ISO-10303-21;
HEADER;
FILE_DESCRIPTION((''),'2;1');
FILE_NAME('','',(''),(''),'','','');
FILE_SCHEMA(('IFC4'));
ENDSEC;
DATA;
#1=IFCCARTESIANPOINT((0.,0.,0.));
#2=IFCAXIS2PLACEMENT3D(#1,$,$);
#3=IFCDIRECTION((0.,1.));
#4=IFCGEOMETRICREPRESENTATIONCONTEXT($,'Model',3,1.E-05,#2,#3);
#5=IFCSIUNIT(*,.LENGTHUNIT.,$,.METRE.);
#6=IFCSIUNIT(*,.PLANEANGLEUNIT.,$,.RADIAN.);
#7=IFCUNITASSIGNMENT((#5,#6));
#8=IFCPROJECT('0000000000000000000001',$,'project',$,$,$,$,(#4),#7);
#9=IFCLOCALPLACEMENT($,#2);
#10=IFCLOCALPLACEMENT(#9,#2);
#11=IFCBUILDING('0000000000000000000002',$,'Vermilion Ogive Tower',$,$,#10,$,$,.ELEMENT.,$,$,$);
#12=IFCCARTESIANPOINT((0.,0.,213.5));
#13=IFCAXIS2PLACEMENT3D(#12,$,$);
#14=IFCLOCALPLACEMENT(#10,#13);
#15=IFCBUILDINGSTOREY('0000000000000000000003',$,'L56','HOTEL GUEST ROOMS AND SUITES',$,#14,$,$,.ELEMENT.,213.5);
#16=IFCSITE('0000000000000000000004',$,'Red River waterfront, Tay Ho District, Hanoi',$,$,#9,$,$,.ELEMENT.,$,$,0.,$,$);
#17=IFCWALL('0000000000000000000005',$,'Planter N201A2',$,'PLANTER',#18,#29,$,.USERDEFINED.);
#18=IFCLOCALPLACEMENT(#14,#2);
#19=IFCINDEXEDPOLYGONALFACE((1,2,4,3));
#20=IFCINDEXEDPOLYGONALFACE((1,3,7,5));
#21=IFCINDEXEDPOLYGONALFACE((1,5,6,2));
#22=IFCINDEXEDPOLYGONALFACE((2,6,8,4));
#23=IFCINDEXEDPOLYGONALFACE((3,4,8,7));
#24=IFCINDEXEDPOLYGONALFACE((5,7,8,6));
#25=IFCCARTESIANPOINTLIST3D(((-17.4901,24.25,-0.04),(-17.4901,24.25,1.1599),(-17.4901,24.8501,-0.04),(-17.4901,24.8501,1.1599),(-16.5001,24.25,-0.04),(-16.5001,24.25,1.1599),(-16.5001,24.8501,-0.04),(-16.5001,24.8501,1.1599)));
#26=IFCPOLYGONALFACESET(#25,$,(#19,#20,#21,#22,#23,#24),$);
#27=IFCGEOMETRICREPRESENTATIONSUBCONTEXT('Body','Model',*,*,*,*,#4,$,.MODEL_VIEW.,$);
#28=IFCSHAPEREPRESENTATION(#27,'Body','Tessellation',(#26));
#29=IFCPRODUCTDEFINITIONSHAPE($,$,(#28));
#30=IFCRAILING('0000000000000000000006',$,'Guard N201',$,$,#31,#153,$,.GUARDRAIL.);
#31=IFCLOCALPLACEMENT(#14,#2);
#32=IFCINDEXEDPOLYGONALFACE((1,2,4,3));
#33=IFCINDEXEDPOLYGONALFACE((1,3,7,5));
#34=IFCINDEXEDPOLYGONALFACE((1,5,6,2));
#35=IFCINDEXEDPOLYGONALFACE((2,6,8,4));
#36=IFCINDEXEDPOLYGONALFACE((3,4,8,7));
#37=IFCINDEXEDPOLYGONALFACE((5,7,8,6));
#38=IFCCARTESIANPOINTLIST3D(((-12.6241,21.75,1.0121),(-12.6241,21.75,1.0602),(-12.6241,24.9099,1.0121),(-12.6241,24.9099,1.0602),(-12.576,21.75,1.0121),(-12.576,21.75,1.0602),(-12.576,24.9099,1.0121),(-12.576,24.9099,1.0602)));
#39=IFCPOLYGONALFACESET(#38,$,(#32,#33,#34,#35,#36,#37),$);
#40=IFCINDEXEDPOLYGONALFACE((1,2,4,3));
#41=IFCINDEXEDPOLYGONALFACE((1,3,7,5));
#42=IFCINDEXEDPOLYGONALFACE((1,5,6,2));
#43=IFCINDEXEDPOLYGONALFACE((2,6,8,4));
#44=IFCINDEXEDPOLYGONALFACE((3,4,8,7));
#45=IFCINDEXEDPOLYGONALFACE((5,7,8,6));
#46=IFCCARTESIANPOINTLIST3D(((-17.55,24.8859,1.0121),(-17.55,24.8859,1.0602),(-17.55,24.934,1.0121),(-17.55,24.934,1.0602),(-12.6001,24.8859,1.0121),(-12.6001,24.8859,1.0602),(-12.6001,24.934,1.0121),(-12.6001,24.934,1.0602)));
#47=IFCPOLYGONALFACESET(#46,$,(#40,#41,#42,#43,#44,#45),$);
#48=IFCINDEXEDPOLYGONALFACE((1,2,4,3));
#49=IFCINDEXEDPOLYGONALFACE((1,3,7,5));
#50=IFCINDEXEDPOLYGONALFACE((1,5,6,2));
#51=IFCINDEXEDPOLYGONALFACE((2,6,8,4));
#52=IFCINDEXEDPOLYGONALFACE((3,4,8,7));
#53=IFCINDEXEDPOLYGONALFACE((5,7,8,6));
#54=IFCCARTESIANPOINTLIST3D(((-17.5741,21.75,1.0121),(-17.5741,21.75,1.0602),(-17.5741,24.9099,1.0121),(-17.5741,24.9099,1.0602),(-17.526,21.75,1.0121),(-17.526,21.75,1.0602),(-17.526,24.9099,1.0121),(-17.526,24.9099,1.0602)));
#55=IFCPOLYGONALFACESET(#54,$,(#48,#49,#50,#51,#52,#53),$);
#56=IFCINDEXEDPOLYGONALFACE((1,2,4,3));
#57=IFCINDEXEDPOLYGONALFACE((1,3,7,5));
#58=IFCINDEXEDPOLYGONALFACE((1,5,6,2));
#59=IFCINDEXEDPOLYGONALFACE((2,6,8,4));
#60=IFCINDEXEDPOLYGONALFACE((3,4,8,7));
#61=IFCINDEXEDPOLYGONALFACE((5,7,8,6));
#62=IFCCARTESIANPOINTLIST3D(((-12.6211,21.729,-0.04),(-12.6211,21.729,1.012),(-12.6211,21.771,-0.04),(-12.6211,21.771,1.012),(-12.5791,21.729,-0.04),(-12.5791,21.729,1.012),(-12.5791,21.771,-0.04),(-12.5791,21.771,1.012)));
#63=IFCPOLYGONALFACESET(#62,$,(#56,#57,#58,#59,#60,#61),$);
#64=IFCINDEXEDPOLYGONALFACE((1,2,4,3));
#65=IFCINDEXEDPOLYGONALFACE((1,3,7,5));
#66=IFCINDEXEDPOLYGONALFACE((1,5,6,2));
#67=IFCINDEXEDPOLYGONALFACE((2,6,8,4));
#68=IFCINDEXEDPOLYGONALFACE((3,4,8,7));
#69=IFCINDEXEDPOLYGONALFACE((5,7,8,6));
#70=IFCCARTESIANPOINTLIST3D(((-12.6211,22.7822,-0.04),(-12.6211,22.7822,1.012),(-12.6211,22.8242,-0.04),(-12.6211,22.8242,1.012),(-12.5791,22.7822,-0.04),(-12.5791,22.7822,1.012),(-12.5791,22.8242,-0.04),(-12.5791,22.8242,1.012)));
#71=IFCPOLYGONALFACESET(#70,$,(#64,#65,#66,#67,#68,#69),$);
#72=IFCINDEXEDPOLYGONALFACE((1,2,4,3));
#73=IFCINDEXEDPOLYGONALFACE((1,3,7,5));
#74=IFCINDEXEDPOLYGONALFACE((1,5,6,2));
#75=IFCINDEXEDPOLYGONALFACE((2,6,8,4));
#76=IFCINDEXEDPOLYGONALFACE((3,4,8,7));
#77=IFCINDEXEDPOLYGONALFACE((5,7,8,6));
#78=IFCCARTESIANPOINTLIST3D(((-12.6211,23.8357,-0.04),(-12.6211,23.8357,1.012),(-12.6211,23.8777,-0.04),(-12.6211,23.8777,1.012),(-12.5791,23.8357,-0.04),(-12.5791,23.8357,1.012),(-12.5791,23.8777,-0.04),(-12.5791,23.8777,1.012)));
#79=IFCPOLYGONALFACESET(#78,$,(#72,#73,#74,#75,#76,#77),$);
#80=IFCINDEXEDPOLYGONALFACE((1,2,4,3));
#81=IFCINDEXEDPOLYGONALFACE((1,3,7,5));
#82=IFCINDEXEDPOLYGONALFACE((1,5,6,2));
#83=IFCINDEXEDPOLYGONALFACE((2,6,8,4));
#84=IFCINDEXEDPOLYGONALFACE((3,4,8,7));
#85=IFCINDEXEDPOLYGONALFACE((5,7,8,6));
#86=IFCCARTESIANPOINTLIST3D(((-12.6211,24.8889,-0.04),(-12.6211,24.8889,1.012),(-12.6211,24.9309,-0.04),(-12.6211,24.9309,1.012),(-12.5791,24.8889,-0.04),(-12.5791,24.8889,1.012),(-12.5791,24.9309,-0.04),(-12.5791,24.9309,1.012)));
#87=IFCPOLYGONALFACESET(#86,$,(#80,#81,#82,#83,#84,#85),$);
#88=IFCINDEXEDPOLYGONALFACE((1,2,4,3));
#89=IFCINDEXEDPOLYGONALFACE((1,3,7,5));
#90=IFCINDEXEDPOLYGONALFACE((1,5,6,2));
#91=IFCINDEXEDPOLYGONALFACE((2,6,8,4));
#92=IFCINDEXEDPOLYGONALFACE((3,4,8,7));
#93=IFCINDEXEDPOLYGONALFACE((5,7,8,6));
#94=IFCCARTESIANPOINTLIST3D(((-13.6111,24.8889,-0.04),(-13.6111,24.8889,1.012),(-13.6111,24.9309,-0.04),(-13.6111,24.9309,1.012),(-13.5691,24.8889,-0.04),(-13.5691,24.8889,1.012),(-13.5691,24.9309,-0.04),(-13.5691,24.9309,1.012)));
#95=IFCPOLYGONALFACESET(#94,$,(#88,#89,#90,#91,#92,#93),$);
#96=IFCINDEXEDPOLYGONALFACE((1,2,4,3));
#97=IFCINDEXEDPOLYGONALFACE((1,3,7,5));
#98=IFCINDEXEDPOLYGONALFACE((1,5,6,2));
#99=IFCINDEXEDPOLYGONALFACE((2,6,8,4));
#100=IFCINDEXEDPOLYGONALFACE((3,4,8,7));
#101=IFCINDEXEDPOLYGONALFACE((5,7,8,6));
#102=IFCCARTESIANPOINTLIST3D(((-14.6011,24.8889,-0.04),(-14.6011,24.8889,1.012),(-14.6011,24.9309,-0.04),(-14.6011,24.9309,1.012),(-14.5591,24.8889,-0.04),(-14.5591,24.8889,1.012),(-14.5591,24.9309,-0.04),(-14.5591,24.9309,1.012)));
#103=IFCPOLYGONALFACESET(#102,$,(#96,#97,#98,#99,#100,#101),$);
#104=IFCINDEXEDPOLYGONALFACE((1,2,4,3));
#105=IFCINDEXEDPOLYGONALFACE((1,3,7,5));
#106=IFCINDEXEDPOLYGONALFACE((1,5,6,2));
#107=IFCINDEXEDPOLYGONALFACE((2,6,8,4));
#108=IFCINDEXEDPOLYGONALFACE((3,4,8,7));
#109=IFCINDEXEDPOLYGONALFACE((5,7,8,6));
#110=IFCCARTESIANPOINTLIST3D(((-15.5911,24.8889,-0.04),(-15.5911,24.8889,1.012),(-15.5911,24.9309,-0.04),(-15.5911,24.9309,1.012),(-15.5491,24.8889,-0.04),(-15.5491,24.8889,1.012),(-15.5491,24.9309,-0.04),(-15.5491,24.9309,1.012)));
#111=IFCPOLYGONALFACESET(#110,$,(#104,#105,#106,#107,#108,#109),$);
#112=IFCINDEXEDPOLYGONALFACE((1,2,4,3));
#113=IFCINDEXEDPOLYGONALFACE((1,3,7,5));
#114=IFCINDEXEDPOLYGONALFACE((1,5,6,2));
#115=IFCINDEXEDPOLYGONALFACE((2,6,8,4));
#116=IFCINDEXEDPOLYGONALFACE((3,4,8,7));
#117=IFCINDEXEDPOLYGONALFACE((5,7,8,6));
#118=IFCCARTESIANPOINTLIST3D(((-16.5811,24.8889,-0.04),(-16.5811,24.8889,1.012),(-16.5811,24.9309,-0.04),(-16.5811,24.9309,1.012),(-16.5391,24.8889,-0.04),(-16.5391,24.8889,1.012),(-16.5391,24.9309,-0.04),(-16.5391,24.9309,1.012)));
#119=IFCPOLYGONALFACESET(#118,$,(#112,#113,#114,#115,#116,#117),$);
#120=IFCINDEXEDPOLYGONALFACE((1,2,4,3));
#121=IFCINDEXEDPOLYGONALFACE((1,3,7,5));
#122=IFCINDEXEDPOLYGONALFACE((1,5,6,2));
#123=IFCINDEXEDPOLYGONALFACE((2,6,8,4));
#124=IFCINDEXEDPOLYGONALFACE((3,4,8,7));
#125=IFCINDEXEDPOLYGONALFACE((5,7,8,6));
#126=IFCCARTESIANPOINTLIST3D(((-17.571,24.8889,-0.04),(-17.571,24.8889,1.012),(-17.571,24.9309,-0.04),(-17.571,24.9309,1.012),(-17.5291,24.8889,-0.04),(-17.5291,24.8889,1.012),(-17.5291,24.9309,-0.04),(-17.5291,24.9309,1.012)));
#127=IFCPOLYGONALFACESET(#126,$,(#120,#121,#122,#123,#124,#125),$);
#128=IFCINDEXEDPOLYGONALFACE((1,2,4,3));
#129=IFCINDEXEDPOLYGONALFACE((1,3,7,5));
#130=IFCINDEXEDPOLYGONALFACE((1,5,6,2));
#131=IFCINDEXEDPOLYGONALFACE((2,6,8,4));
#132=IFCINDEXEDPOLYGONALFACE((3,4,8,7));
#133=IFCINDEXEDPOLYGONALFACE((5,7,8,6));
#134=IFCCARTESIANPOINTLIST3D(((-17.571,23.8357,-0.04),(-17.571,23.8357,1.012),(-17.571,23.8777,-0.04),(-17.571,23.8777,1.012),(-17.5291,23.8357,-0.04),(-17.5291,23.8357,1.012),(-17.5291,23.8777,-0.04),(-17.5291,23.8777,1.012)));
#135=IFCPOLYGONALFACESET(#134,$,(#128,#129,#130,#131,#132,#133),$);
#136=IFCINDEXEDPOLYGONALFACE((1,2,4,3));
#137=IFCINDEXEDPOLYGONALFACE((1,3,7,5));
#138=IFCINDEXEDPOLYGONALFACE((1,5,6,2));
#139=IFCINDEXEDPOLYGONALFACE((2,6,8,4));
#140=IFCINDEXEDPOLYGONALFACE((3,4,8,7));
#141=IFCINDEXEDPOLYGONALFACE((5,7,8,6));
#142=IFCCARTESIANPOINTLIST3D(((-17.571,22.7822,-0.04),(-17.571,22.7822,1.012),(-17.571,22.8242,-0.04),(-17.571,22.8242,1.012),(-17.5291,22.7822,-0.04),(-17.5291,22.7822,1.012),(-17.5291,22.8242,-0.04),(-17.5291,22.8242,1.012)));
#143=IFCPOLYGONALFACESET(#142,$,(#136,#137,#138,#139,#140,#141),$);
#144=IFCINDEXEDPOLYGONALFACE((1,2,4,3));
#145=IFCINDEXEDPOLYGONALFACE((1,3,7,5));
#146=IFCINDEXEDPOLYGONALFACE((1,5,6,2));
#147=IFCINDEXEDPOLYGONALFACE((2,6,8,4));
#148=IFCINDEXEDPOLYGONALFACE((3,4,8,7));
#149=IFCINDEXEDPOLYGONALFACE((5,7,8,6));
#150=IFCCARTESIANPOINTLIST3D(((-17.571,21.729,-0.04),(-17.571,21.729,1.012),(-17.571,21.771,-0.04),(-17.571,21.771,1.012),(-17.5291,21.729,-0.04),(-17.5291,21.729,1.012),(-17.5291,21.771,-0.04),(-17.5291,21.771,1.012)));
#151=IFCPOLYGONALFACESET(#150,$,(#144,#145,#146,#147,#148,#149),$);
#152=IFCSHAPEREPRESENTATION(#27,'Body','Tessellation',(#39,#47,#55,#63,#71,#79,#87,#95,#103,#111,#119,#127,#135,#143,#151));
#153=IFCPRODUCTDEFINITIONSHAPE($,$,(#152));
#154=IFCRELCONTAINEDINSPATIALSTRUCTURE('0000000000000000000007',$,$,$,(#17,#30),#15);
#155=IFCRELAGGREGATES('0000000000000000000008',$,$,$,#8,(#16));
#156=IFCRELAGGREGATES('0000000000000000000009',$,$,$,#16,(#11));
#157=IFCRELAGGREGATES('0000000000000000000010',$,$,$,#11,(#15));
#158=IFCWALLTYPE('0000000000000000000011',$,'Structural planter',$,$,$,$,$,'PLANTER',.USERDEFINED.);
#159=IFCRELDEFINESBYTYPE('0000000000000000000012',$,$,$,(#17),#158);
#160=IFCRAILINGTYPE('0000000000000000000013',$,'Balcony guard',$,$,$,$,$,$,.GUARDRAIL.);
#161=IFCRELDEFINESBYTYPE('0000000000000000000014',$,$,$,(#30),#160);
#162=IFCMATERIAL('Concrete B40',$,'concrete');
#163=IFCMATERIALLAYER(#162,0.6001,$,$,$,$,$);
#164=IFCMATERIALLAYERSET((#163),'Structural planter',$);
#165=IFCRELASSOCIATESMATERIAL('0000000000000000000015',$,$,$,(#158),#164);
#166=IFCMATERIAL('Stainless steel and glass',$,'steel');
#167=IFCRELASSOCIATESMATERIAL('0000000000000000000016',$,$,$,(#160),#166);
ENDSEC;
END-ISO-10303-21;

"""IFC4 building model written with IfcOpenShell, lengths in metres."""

from ifc_helpers import new_model, si_unit, direction, frame, frame_2d, origin, origin_2d, place, context, subcontext, project, spatial, rectangle, extrude, material, layer, layer_set, type_object, element, save


model = new_model("IFC4")

# Units and contexts
model_context = context("Model", 3, precision=1e-05, world=origin(), true_north=direction((0.0, 1.0)))
body_context = subcontext(model_context, "Body", "Model", "MODEL_VIEW")
ifc_project = project(units=[si_unit("LENGTHUNIT", "METRE"), si_unit("PLANEANGLEUNIT", "RADIAN")], contexts=[model_context])

# Site, building, storey
site_placement = place(None, origin())
site = spatial("IfcSite", under=ifc_project, at=site_placement, Name="Red River waterfront, Tay Ho District, Hanoi", CompositionType="ELEMENT", RefElevation=0.0)
building_placement = place(site_placement, origin())
building = spatial("IfcBuilding", under=site, at=building_placement, Name="Vermilion Ogive Tower", CompositionType="ELEMENT")
storey_placement = place(building_placement, frame((0.0, 0.0, 213.5)))
storey = spatial("IfcBuildingStorey", under=building, at=storey_placement, Name="L56", Description="HOTEL GUEST ROOMS AND SUITES", CompositionType="ELEMENT", Elevation=213.5)

# Wall
ifc_material_1 = material(Name="Concrete B40", Category="concrete")
ifc_layer_1 = layer(ifc_material_1, 0.6001)
ifc_layer_set_1 = layer_set([ifc_layer_1], Name="Structural planter")
wall_type_1 = type_object("IfcWallType", Name="Structural planter", ElementType="PLANTER", PredefinedType="USERDEFINED", material=ifc_layer_set_1)
wall_1_placement = place(storey_placement, frame((-16.5, 24.55, -0.04), z_axis=(0.0, 0.0, 1.0), x_axis=(-1.0, 0.0, 0.0)))
element("IfcWall", 1, at=wall_1_placement, inside=storey, type_object=wall_type_1, Name="Planter N201A2", ObjectType="PLANTER", PredefinedType="USERDEFINED", context=body_context, shape_type="SweptSolid", body=[
    extrude(rectangle(XDim=0.99, YDim=0.6001, at=frame_2d((0.4951, 0.0))), origin(), (0.0, 0.0, 1.0), 1.2),
])

# Railing
ifc_material_2 = material(Name="Stainless steel and glass", Category="steel")
railing_type = type_object("IfcRailingType", Name="Balcony guard", PredefinedType="GUARDRAIL", material=ifc_material_2)
railing_placement = place(storey_placement, frame((-12.6001, 21.75, -0.04)))
element("IfcRailing", 2, at=railing_placement, inside=storey, type_object=railing_type, Name="Guard N201", PredefinedType="GUARDRAIL", context=body_context, shape_type="SweptSolid", body=[
    extrude(rectangle(XDim=0.0481, YDim=0.0481, at=origin_2d()), frame((0.0, 0.0, 1.0762), z_axis=(0.0, 1.0, 0.0), x_axis=(-1.0, 0.0, 0.0)), (0.0, 0.0, 1.0), 3.1599),
    extrude(rectangle(XDim=0.0481, YDim=0.0481, at=origin_2d()), frame((0.0, 3.1599, 1.0762), z_axis=(-1.0, 0.0, 0.0), x_axis=(0.0, -1.0, 0.0)), (0.0, 0.0, 1.0), 4.95),
    extrude(rectangle(XDim=0.0481, YDim=0.0481, at=origin_2d()), frame((-4.95, 3.1599, 1.0762), z_axis=(0.0, -1.0, 0.0), x_axis=(1.0, 0.0, 0.0)), (0.0, 0.0, 1.0), 3.1599),
    extrude(rectangle(XDim=0.042, YDim=0.042, at=origin_2d()), origin(), (0.0, 0.0, 1.0), 1.052),
    extrude(rectangle(XDim=0.042, YDim=0.042, at=origin_2d()), frame((0.0, 1.0532, 0.0)), (0.0, 0.0, 1.0), 1.052),
    extrude(rectangle(XDim=0.042, YDim=0.042, at=origin_2d()), frame((0.0, 2.1067, 0.0)), (0.0, 0.0, 1.0), 1.052),
    extrude(rectangle(XDim=0.042, YDim=0.042, at=origin_2d()), frame((0.0, 3.1599, 0.0)), (0.0, 0.0, 1.0), 1.052),
    extrude(rectangle(XDim=0.042, YDim=0.042, at=origin_2d()), frame((-0.99, 3.1599, 0.0)), (0.0, 0.0, 1.0), 1.052),
    extrude(rectangle(XDim=0.042, YDim=0.042, at=origin_2d()), frame((-1.98, 3.1599, 0.0)), (0.0, 0.0, 1.0), 1.052),
    extrude(rectangle(XDim=0.042, YDim=0.042, at=origin_2d()), frame((-2.97, 3.1599, 0.0)), (0.0, 0.0, 1.0), 1.052),
    extrude(rectangle(XDim=0.042, YDim=0.042, at=origin_2d()), frame((-3.96, 3.1599, 0.0)), (0.0, 0.0, 1.0), 1.052),
    extrude(rectangle(XDim=0.042, YDim=0.042, at=origin_2d()), frame((-4.95, 3.1599, 0.0)), (0.0, 0.0, 1.0), 1.052),
    extrude(rectangle(XDim=0.042, YDim=0.042, at=origin_2d()), frame((-4.95, 2.1067, 0.0)), (0.0, 0.0, 1.0), 1.052),
    extrude(rectangle(XDim=0.042, YDim=0.042, at=origin_2d()), frame((-4.95, 1.0532, 0.0)), (0.0, 0.0, 1.0), 1.052),
    extrude(rectangle(XDim=0.042, YDim=0.042, at=origin_2d()), frame((-4.95, 0.0, 0.0)), (0.0, 0.0, 1.0), 1.052),
])

save(model, "model.ifc")
